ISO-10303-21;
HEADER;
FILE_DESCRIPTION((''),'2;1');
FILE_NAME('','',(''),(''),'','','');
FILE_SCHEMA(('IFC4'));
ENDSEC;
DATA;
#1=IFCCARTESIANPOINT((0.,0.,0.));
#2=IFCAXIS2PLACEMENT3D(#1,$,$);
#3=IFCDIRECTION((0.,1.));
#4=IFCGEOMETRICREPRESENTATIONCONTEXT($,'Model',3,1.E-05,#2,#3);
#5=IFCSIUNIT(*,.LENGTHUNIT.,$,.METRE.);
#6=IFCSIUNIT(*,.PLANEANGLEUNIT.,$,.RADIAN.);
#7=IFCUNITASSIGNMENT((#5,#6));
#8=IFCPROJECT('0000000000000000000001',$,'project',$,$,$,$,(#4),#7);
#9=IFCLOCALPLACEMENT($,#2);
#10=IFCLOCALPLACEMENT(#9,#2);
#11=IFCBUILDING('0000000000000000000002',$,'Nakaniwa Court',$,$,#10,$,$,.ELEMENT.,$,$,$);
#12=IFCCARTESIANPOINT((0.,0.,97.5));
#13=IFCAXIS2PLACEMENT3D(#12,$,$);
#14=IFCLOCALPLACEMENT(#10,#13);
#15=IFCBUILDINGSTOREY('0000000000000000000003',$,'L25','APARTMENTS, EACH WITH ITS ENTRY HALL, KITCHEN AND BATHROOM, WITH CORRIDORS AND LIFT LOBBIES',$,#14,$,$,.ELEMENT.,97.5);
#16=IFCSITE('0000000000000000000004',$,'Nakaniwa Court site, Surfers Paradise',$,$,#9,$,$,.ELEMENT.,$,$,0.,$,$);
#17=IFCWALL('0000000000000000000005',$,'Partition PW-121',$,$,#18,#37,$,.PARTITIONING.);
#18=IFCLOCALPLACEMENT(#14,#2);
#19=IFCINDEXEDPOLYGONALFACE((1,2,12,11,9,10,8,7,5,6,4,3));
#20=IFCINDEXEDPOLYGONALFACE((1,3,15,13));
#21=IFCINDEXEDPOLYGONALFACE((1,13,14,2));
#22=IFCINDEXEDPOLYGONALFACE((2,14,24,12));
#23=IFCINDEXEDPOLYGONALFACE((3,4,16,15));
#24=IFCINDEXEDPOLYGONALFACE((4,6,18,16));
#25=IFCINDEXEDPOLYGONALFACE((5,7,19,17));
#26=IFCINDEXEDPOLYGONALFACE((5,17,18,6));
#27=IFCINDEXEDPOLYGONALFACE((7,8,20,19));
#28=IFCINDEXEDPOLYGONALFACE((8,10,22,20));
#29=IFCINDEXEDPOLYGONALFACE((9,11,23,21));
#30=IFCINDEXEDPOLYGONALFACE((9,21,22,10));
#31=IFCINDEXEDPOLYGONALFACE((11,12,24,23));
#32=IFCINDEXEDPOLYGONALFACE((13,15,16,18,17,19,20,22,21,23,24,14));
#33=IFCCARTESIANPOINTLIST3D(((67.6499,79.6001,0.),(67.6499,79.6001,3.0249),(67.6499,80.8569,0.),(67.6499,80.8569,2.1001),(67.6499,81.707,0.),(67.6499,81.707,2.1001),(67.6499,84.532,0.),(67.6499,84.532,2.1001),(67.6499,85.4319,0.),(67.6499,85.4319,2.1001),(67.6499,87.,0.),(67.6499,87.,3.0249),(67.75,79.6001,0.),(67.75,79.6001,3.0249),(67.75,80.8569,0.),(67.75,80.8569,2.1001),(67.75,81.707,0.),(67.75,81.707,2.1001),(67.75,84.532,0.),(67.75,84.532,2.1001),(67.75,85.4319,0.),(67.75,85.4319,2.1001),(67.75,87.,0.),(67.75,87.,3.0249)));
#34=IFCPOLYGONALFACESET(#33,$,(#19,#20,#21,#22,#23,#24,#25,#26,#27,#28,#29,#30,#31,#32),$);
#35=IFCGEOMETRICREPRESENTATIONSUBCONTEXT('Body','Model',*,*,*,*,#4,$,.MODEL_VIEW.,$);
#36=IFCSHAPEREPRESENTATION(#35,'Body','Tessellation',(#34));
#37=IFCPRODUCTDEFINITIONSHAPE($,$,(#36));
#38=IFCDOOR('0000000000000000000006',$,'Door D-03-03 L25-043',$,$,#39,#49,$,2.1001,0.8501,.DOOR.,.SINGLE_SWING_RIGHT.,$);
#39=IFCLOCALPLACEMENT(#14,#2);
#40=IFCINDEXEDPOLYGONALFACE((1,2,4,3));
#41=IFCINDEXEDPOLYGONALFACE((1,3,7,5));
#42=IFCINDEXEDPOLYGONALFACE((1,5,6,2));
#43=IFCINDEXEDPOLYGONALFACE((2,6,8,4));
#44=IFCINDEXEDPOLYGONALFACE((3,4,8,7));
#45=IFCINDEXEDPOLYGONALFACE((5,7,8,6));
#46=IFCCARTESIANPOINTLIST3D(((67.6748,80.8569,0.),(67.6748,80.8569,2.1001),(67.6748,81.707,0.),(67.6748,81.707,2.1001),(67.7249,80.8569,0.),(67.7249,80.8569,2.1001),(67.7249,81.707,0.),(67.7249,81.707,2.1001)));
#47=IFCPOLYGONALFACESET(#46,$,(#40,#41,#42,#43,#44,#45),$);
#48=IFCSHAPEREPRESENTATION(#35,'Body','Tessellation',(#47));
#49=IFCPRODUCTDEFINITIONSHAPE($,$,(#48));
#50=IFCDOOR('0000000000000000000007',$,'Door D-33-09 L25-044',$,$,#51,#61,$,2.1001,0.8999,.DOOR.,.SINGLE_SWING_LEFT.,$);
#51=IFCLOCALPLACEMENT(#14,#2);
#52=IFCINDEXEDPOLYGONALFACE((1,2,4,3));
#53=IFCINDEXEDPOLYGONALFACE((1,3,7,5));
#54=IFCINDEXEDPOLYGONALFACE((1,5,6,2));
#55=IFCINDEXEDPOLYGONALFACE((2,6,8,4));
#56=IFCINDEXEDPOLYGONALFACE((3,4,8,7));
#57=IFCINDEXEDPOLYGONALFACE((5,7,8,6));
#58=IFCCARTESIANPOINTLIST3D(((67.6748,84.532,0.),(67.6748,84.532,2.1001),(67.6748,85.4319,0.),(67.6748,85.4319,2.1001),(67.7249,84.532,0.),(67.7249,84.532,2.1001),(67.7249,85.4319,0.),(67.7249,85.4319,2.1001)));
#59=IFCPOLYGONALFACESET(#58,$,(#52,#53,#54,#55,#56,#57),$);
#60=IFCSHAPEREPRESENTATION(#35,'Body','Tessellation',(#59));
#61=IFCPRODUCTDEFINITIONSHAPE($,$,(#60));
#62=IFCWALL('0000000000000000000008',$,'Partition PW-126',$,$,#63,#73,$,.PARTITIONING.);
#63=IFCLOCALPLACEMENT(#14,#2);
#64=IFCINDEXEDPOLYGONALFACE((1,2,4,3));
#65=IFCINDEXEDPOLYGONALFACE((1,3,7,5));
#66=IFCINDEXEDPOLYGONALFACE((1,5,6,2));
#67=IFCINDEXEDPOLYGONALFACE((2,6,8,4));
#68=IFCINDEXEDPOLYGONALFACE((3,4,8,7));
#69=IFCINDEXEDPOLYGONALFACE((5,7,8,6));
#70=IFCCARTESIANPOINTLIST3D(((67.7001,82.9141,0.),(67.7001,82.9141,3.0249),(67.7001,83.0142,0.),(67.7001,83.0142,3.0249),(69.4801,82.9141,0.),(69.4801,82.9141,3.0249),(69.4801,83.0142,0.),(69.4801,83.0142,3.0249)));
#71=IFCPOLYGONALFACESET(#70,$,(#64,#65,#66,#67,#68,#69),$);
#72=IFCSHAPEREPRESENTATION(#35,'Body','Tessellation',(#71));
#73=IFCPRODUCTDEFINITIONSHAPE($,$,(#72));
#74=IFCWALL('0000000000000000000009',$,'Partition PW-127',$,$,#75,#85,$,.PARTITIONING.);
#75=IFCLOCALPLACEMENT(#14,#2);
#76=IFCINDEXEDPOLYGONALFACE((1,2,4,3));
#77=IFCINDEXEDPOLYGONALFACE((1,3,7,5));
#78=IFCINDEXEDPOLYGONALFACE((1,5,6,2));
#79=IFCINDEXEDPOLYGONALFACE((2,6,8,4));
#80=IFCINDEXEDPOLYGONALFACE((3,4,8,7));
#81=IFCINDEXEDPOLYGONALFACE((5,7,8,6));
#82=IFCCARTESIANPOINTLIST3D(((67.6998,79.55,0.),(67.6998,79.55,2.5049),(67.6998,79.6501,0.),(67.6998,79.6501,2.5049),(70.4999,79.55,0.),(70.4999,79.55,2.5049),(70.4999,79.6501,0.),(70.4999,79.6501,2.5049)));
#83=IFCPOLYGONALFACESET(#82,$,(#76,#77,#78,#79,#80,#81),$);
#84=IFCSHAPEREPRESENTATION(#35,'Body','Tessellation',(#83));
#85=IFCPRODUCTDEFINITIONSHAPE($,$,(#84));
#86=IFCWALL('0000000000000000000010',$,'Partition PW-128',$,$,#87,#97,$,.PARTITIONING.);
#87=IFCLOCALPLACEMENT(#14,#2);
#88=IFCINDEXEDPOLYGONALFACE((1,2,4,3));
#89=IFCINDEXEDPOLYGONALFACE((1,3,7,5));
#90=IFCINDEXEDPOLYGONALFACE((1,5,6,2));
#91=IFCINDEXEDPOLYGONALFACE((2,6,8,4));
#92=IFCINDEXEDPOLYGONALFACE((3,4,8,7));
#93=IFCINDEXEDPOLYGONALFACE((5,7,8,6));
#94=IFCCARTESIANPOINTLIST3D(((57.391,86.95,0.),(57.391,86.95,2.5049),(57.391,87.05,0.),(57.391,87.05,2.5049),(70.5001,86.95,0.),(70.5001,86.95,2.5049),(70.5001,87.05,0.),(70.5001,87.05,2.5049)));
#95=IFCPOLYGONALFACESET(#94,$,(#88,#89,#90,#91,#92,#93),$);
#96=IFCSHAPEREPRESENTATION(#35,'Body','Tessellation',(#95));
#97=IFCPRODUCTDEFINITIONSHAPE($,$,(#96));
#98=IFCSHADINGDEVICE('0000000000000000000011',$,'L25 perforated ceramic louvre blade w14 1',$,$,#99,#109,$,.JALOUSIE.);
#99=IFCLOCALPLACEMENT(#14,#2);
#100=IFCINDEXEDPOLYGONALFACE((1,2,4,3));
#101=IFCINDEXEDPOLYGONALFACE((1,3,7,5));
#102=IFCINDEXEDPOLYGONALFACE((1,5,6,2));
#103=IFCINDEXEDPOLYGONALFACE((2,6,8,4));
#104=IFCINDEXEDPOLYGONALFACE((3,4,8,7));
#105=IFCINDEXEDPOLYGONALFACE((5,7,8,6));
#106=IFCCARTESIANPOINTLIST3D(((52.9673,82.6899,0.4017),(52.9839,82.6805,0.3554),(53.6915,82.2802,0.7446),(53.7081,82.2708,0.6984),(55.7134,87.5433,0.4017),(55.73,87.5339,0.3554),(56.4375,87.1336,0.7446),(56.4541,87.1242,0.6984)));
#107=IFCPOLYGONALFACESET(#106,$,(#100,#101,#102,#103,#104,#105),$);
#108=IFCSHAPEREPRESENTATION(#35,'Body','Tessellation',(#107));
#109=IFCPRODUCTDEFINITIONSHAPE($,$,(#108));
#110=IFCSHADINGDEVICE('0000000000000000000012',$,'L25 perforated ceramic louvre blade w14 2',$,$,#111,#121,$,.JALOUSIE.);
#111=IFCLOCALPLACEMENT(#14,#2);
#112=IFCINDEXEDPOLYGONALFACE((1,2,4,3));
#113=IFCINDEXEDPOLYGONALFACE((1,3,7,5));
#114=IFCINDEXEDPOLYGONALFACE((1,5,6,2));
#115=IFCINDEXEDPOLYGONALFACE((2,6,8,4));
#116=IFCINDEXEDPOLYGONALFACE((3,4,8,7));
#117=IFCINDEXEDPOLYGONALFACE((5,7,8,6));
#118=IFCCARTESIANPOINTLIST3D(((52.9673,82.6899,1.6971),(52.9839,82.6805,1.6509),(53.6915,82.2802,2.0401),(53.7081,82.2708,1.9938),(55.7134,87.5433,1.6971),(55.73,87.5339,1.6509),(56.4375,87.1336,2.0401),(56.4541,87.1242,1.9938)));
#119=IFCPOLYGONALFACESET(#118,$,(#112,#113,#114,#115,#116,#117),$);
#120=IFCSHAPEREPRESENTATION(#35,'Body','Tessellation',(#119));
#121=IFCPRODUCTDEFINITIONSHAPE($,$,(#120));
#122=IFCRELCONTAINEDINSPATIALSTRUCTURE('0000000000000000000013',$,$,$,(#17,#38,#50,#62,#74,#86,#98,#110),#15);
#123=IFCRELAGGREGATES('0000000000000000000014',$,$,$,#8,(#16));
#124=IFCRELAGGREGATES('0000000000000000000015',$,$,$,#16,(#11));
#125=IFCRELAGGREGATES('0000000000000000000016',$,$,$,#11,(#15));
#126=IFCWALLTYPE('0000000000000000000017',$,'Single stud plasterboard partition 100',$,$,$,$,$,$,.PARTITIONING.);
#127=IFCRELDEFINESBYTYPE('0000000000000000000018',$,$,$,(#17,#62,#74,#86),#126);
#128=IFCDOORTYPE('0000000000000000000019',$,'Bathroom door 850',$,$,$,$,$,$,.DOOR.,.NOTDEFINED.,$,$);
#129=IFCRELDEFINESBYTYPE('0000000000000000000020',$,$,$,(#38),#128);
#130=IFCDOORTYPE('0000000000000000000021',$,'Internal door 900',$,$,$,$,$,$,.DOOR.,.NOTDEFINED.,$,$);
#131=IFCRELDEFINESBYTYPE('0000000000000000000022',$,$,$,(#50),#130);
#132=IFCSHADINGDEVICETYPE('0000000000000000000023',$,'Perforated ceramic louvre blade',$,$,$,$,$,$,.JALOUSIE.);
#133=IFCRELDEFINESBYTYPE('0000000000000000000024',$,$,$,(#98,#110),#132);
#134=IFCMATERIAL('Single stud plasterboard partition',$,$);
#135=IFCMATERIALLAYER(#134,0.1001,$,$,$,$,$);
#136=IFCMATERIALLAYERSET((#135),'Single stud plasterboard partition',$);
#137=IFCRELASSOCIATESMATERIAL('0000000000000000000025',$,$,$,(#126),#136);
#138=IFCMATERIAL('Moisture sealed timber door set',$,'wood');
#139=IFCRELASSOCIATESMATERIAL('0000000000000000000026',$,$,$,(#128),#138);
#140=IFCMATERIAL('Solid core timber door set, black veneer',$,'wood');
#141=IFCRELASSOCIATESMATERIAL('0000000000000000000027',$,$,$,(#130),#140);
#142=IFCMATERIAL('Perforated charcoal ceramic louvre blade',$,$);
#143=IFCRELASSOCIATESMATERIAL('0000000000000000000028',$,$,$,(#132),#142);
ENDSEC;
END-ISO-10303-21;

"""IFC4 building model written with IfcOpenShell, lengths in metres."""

from ifc_helpers import new_model, si_unit, direction, frame, frame_2d, origin, origin_2d, place, context, subcontext, project, spatial, rectangle, extrude, material, layer, layer_set, material_profile, profile_set, type_object, element, fill, save


model = new_model("IFC4")

# Units and contexts
model_context = context("Model", 3, precision=1e-05, world=origin(), true_north=direction((0.0, 1.0)))
body_context = subcontext(model_context, "Body", "Model", "MODEL_VIEW")
ifc_project = project(units=[si_unit("LENGTHUNIT", "METRE"), si_unit("PLANEANGLEUNIT", "RADIAN")], contexts=[model_context])

# Site, building, storey
site_placement = place(None, origin())
site = spatial("IfcSite", under=ifc_project, at=site_placement, Name="Nakaniwa Court site, Surfers Paradise", CompositionType="ELEMENT", RefElevation=0.0)
building_placement = place(site_placement, origin())
building = spatial("IfcBuilding", under=site, at=building_placement, Name="Nakaniwa Court", CompositionType="ELEMENT")
storey_placement = place(building_placement, frame((0.0, 0.0, 97.5)))
storey = spatial("IfcBuildingStorey", under=building, at=storey_placement, Name="L25", Description="APARTMENTS, EACH WITH ITS ENTRY HALL, KITCHEN AND BATHROOM, WITH CORRIDORS AND LIFT LOBBIES", CompositionType="ELEMENT", Elevation=97.5)

# Wall, openings, doors
ifc_material_1 = material(Name="Single stud plasterboard partition")
ifc_layer_1 = layer(ifc_material_1, 0.1001)
ifc_layer_set_1 = layer_set([ifc_layer_1], Name="Single stud plasterboard partition")
wall_type_1 = type_object("IfcWallType", Name="Single stud plasterboard partition 100", PredefinedType="PARTITIONING", material=ifc_layer_set_1)
wall_1_placement = place(storey_placement, frame((67.7, 87.0, 0.0), z_axis=(0.0, 0.0, 1.0), x_axis=(0.0, -1.0, 0.0)))
wall_1 = element("IfcWall", 1, at=wall_1_placement, inside=storey, type_object=wall_type_1, Name="Partition PW-121", PredefinedType="PARTITIONING", context=body_context, shape_type="SweptSolid", body=[
    extrude(rectangle(XDim=7.3999, YDim=0.1001, at=frame_2d((3.7, 0.0))), origin(), (0.0, 0.0, 1.0), 3.0249),
])
opening_1_placement = place(wall_1_placement, frame((5.293, 0.0, 0.0)))
opening_1 = element("IfcOpeningElement", 2, at=opening_1_placement, cuts=wall_1, PredefinedType="OPENING", context=body_context, shape_type="SweptSolid", body=[
    extrude(rectangle(XDim=0.8501, YDim=2.1001, at=frame_2d((0.425, 1.05))), frame((0.0, 0.0601, 0.0), z_axis=(0.0, -1.0, 0.0), x_axis=(1.0, 0.0, 0.0)), (0.0, 0.0, 1.0), 0.1201),
])
opening_2_placement = place(wall_1_placement, frame((1.5681, 0.0, 0.0)))
opening_2 = element("IfcOpeningElement", 3, at=opening_2_placement, cuts=wall_1, PredefinedType="OPENING", context=body_context, shape_type="SweptSolid", body=[
    extrude(rectangle(XDim=0.8999, YDim=2.1001, at=frame_2d((0.45, 1.05))), frame((0.0, 0.0601, 0.0), z_axis=(0.0, -1.0, 0.0), x_axis=(1.0, 0.0, 0.0)), (0.0, 0.0, 1.0), 0.1201),
])
ifc_material_2 = material(Name="Moisture sealed timber door set", Category="wood")
door_type_1 = type_object("IfcDoorType", Name="Bathroom door 850", OperationType="NOTDEFINED", PredefinedType="DOOR", material=ifc_material_2)
door_1_placement = place(opening_1_placement, origin())
door_1 = element("IfcDoor", 4, at=door_1_placement, inside=storey, type_object=door_type_1, Name="Door D-03-03 L25-043", OperationType="SINGLE_SWING_RIGHT", OverallHeight=2.1001, OverallWidth=0.8501, PredefinedType="DOOR", context=body_context, shape_type="SweptSolid", body=[
    extrude(rectangle(XDim=0.8501, YDim=2.1001, at=frame_2d((0.425, 1.05))), frame((0.0, 0.0249, 0.0), z_axis=(0.0, -1.0, 0.0), x_axis=(1.0, 0.0, 0.0)), (0.0, 0.0, 1.0), 0.05),
])
fill(opening_1, door_1)
ifc_material_3 = material(Name="Solid core timber door set, black veneer", Category="wood")
door_type_2 = type_object("IfcDoorType", Name="Internal door 900", OperationType="NOTDEFINED", PredefinedType="DOOR", material=ifc_material_3)
door_2_placement = place(opening_2_placement, origin())
door_2 = element("IfcDoor", 5, at=door_2_placement, inside=storey, type_object=door_type_2, Name="Door D-33-09 L25-044", OperationType="SINGLE_SWING_LEFT", OverallHeight=2.1001, OverallWidth=0.8999, PredefinedType="DOOR", context=body_context, shape_type="SweptSolid", body=[
    extrude(rectangle(XDim=0.8999, YDim=2.1001, at=frame_2d((0.45, 1.05))), frame((0.0, 0.0249, 0.0), z_axis=(0.0, -1.0, 0.0), x_axis=(1.0, 0.0, 0.0)), (0.0, 0.0, 1.0), 0.05),
])
fill(opening_2, door_2)

# Walls
wall_2_placement = place(storey_placement, frame((67.7, 82.9641, 0.0), z_axis=(0.0, 0.0, 1.0), x_axis=(1.0, 0.0, 0.0)))
element("IfcWall", 6, at=wall_2_placement, inside=storey, type_object=wall_type_1, Name="Partition PW-126", PredefinedType="PARTITIONING", context=body_context, shape_type="SweptSolid", body=[
    extrude(rectangle(XDim=1.78, YDim=0.1001, at=frame_2d((0.8901, 0.0))), origin(), (0.0, 0.0, 1.0), 3.0249),
])
wall_3_placement = place(storey_placement, frame((67.7, 79.6001, 0.0), z_axis=(0.0, 0.0, 1.0), x_axis=(1.0, 0.0, 0.0)))
element("IfcWall", 7, at=wall_3_placement, inside=storey, type_object=wall_type_1, Name="Partition PW-127", PredefinedType="PARTITIONING", context=body_context, shape_type="SweptSolid", body=[
    extrude(rectangle(XDim=2.8, YDim=0.1001, at=frame_2d((1.3999, 0.0))), origin(), (0.0, 0.0, 1.0), 2.5049),
])
wall_4_placement = place(storey_placement, frame((57.3909, 87.0, 0.0), z_axis=(0.0, 0.0, 1.0), x_axis=(1.0, 0.0, 0.0)))
element("IfcWall", 8, at=wall_4_placement, inside=storey, type_object=wall_type_1, Name="Partition PW-128", PredefinedType="PARTITIONING", context=body_context, shape_type="SweptSolid", body=[
    extrude(rectangle(XDim=13.1091, YDim=0.1001, at=frame_2d((6.5547, 0.0))), origin(), (0.0, 0.0, 1.0), 2.5049),
])

# Shading devices
ifc_material_4 = material(Name="Perforated charcoal ceramic louvre blade")
ifc_material_profile_1 = material_profile(ifc_material_4, rectangle(XDim=0.8999, YDim=0.05, at=origin_2d()), Name="Perforated ceramic louvre blade")
ifc_profile_set_1 = profile_set([ifc_material_profile_1], Name="Perforated charcoal ceramic louvre blade")
shading_device_type = type_object("IfcShadingDeviceType", Name="Perforated ceramic louvre blade", PredefinedType="JALOUSIE", material=ifc_profile_set_1)
for number, where, z_axis, x_axis, name in (
    (9, (56.0837, 87.3337, 0.55), (-0.492438, -0.870347, 0.0), (0.804676, -0.455282, 0.38107), "L25 perforated ceramic louvre blade w14 1"),
    (10, (56.0837, 87.3337, 1.8455), (-0.492438, -0.870347, 0.0), (0.804676, -0.455282, 0.38107), "L25 perforated ceramic louvre blade w14 2"),
):
    element("IfcShadingDevice", number, at=place(storey_placement, frame(where, z_axis=z_axis, x_axis=x_axis)), inside=storey, type_object=shading_device_type, Name=name, PredefinedType="JALOUSIE", context=body_context, shape_type="SweptSolid", body=[
        extrude(rectangle(XDim=0.8999, YDim=0.05, at=origin_2d()), origin(), (0.0, 0.0, 1.0), 5.5764),
    ])

save(model, "model.ifc")
